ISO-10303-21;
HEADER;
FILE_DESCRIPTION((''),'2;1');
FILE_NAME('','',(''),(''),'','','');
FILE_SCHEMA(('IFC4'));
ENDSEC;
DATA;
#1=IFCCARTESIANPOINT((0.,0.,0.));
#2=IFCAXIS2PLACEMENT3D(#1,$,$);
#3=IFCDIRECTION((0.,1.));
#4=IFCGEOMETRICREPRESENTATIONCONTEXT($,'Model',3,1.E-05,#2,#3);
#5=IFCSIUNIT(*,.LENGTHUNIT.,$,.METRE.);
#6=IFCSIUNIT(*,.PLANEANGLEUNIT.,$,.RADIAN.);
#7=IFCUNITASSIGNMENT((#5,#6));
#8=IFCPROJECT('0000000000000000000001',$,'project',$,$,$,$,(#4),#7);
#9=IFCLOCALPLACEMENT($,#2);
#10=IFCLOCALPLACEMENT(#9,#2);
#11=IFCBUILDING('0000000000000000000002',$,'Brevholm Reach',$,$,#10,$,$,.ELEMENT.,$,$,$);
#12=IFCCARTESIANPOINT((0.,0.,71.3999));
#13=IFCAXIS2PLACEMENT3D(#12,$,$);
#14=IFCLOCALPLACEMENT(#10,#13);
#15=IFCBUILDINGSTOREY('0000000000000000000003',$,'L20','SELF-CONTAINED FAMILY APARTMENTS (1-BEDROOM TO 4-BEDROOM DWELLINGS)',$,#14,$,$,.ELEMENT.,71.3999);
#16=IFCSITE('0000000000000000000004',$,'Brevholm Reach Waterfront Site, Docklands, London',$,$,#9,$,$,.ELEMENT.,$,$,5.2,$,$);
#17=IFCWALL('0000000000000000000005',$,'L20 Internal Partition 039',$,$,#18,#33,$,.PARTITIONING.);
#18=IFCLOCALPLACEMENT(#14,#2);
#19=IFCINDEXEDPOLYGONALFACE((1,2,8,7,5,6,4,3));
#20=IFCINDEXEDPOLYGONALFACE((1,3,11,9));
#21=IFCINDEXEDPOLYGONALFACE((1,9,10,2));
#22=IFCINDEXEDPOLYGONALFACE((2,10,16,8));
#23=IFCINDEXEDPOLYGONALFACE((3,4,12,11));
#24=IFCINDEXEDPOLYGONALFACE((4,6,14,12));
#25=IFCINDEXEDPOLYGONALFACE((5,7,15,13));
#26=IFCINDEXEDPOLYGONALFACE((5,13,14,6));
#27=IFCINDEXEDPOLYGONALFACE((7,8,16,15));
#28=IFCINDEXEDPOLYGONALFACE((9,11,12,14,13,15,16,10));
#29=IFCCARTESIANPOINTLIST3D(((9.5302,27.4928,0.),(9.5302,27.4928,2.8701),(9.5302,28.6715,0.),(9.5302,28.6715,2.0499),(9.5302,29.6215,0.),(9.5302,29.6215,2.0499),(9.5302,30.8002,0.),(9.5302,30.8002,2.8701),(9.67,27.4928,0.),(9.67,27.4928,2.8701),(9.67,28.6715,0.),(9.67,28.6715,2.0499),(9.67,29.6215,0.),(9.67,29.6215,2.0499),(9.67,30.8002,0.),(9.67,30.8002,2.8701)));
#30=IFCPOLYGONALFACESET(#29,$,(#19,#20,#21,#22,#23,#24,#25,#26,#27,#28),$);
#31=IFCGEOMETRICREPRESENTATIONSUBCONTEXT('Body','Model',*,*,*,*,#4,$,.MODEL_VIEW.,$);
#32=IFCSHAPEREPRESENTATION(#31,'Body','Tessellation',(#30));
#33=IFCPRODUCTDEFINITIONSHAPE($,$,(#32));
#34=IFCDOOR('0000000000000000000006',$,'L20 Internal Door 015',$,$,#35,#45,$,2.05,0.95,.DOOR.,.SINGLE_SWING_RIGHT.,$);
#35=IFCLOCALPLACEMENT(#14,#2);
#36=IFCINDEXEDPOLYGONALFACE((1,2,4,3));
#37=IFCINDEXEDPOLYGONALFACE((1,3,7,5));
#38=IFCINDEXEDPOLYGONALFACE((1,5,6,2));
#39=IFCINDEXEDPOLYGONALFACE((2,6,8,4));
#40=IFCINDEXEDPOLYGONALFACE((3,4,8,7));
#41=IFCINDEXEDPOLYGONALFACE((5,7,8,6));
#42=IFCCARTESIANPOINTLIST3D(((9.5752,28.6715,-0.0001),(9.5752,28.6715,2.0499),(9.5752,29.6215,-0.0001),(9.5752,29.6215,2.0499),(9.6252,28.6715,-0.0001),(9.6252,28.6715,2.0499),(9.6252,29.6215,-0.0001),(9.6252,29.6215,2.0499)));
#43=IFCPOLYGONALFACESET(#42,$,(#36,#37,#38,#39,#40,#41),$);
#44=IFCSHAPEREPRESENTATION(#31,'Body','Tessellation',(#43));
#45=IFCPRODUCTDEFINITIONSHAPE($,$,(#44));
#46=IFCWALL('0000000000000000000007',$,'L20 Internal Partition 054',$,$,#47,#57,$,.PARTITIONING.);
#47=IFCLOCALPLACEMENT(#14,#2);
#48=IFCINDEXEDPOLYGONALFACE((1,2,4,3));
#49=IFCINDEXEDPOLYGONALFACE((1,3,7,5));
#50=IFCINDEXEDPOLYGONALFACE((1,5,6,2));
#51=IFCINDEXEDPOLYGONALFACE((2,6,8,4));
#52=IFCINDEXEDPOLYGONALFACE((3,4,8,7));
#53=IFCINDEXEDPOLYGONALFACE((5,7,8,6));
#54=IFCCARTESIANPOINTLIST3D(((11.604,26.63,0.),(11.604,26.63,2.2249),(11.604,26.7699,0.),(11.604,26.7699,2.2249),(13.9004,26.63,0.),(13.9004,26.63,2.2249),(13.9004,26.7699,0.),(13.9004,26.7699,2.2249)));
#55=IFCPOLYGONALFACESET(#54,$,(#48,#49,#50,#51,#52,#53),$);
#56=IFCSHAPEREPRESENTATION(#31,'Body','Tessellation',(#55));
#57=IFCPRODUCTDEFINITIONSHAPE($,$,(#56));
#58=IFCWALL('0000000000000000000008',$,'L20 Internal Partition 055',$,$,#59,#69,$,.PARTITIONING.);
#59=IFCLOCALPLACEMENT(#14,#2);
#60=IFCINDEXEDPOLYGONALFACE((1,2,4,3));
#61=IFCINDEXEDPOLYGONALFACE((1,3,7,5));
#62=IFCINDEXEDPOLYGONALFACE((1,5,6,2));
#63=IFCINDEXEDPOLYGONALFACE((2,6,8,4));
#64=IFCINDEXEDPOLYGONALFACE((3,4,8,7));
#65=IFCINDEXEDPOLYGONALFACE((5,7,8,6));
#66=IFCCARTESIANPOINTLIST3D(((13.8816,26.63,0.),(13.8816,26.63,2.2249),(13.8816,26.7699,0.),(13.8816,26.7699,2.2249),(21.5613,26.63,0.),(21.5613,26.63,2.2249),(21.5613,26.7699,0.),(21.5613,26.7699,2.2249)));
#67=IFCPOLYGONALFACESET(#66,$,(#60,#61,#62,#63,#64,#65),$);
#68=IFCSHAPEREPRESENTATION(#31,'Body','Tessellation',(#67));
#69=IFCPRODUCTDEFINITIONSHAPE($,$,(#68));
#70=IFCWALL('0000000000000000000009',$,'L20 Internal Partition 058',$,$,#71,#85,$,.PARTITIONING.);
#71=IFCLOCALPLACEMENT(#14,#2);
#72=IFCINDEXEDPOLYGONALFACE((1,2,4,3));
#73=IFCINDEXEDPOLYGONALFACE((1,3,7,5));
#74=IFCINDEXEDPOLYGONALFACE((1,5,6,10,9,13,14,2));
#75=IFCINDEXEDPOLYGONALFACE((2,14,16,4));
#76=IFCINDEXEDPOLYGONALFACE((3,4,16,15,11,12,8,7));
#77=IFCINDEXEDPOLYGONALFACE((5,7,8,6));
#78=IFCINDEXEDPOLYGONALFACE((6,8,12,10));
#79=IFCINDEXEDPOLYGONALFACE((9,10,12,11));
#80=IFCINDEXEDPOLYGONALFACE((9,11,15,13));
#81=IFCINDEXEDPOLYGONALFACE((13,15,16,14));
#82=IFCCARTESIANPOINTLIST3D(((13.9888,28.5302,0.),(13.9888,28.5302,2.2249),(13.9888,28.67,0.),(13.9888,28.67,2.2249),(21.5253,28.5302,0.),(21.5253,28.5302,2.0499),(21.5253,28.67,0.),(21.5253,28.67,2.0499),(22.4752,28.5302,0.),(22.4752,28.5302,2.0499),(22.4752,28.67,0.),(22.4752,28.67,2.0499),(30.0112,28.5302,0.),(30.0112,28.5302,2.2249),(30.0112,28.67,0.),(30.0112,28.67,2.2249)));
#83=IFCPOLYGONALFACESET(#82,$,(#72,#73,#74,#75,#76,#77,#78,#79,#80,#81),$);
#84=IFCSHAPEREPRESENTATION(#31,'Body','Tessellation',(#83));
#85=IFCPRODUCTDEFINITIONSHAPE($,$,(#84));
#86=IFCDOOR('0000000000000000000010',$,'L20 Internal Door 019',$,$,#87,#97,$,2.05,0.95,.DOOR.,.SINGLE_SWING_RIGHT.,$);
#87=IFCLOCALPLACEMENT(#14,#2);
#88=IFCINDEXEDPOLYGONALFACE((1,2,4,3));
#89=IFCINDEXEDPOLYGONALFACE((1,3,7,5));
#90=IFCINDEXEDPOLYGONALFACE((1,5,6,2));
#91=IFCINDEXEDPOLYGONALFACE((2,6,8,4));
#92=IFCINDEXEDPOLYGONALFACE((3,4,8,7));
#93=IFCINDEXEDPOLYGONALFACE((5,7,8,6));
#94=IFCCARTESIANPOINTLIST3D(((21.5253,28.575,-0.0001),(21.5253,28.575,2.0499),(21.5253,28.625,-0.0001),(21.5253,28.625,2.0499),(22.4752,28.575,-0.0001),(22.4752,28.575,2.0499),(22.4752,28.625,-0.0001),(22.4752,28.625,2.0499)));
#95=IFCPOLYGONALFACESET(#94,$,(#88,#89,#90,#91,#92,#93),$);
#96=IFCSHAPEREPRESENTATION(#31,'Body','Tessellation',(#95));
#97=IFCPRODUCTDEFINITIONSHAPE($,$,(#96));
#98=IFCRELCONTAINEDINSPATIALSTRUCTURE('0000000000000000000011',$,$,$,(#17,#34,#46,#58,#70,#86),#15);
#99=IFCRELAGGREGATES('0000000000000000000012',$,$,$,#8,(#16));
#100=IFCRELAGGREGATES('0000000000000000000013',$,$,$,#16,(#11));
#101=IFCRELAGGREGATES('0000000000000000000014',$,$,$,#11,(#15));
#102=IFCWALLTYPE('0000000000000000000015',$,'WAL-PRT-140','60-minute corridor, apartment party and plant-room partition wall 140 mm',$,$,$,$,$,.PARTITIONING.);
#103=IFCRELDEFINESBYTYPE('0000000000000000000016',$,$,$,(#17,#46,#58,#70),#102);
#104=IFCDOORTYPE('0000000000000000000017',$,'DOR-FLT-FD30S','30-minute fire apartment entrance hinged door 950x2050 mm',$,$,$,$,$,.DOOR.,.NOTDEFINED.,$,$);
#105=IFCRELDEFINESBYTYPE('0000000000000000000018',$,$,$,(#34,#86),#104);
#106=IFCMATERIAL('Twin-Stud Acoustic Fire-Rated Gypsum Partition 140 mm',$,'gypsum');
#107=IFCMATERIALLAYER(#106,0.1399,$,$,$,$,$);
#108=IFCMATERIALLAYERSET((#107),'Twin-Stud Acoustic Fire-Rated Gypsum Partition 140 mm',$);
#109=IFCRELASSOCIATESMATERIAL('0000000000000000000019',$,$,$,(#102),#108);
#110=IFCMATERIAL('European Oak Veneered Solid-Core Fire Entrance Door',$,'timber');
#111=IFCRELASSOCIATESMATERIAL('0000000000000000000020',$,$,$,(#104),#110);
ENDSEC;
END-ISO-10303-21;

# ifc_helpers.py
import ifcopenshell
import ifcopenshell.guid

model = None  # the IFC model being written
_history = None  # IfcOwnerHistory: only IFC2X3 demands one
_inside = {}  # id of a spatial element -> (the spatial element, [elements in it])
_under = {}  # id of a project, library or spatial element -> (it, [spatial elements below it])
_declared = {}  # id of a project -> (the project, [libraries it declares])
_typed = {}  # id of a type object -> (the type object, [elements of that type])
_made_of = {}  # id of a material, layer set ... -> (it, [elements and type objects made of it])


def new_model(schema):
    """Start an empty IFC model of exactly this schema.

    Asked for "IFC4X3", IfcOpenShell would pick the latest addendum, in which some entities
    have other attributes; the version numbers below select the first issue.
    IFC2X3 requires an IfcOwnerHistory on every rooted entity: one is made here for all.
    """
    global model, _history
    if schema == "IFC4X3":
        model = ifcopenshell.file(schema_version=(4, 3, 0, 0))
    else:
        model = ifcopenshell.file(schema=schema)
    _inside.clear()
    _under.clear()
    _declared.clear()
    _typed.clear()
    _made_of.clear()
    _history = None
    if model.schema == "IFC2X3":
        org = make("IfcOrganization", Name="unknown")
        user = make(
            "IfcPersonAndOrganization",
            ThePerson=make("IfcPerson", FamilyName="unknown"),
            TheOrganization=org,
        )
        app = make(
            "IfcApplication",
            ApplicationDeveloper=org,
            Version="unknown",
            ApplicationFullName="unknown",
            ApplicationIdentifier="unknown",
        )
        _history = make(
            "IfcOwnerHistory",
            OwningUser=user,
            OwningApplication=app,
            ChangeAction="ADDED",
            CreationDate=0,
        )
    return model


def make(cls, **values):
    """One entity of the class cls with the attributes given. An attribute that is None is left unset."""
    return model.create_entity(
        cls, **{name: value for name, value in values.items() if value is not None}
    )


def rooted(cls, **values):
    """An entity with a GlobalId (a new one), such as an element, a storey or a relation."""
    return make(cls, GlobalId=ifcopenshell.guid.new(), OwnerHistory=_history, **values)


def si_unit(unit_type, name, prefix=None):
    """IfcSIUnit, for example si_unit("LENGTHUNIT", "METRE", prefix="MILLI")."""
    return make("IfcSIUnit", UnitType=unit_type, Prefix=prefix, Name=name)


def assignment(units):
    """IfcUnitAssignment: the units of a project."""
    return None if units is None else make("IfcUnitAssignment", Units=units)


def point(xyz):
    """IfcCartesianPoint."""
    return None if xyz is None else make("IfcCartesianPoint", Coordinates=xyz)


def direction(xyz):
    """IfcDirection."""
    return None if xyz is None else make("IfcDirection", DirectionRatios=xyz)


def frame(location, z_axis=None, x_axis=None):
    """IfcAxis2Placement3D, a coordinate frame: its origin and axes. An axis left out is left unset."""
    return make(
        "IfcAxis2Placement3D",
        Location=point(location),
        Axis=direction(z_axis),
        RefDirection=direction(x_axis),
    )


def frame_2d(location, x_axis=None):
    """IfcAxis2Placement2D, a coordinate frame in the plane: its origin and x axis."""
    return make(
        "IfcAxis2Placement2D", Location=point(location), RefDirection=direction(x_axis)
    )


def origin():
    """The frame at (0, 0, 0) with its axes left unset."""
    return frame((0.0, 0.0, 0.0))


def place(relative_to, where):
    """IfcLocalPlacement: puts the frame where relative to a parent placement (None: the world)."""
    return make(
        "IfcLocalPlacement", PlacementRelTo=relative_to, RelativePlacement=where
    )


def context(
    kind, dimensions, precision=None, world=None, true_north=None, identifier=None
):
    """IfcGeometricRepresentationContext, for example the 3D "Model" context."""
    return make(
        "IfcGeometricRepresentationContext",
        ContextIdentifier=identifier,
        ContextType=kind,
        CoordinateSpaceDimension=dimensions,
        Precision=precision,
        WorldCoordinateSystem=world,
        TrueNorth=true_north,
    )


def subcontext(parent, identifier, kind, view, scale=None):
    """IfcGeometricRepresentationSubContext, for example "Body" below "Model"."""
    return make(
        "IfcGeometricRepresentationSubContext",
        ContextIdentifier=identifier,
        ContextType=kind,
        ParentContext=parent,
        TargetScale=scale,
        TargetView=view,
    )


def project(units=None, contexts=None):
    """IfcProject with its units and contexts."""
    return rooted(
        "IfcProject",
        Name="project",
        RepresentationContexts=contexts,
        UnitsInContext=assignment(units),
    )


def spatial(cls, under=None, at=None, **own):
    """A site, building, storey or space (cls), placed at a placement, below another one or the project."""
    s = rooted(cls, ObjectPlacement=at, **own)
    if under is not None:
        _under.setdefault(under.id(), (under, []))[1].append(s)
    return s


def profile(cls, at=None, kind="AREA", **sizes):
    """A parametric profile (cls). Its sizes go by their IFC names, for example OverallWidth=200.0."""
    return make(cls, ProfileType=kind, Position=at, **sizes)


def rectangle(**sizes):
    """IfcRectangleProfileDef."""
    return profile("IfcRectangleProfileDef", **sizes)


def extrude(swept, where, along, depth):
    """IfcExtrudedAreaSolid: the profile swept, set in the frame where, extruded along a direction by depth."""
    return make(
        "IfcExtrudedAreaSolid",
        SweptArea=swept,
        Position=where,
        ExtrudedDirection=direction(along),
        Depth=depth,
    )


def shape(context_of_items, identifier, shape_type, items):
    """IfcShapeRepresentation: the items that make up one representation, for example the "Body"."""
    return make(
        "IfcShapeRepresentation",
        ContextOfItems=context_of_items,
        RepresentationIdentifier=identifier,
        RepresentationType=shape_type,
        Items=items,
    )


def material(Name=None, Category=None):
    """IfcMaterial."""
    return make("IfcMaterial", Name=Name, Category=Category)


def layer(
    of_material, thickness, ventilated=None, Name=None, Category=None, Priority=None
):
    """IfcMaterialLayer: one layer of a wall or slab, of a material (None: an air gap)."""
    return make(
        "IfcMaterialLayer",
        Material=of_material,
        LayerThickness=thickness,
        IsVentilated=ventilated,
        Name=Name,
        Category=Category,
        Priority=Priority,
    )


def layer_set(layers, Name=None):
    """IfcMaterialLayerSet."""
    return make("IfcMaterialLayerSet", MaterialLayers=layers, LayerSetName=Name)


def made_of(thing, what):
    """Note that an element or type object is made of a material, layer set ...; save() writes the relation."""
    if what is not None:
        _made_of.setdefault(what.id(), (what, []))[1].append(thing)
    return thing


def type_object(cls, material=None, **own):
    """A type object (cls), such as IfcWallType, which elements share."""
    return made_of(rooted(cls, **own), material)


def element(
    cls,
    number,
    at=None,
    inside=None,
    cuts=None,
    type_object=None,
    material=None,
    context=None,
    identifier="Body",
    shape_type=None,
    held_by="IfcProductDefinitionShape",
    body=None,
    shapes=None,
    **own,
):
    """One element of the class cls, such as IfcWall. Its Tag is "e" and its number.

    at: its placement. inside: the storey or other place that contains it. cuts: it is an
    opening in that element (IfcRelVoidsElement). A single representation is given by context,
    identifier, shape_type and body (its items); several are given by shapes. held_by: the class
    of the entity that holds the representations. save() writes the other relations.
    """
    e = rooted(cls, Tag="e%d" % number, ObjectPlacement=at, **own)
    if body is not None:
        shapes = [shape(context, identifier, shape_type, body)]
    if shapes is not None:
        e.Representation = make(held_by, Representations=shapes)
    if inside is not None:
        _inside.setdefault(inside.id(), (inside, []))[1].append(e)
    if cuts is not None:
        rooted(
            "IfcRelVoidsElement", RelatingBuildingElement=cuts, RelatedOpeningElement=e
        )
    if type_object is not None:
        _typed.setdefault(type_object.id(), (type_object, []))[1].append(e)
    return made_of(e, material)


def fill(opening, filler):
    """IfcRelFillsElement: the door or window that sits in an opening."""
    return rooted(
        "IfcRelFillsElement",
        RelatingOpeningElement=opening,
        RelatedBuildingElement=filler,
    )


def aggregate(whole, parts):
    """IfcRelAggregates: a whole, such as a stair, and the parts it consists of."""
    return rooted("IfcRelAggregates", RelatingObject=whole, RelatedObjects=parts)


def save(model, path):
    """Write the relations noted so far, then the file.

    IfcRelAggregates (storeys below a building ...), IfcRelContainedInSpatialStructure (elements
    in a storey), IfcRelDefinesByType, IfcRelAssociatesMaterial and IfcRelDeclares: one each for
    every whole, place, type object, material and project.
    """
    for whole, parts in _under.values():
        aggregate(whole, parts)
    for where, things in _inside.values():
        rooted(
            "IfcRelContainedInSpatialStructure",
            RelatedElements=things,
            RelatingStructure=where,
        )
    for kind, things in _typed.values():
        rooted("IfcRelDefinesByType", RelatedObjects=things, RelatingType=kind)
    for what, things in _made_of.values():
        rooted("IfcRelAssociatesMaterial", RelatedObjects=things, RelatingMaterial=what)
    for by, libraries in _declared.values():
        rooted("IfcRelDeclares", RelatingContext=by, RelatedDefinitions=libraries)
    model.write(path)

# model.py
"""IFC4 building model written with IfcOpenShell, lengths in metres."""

from ifc_helpers import new_model, si_unit, direction, frame, frame_2d, origin, place, context, subcontext, project, spatial, rectangle, extrude, material, layer, layer_set, type_object, element, fill, save


model = new_model("IFC4")

# Units and contexts
model_context = context("Model", 3, precision=1e-05, world=origin(), true_north=direction((0.0, 1.0)))
body_context = subcontext(model_context, "Body", "Model", "MODEL_VIEW")
ifc_project = project(units=[si_unit("LENGTHUNIT", "METRE"), si_unit("PLANEANGLEUNIT", "RADIAN")], contexts=[model_context])

# Site, building, storey
site_placement = place(None, origin())
site = spatial("IfcSite", under=ifc_project, at=site_placement, Name="Brevholm Reach Waterfront Site, Docklands, London", CompositionType="ELEMENT", RefElevation=5.2)
building_placement = place(site_placement, origin())
building = spatial("IfcBuilding", under=site, at=building_placement, Name="Brevholm Reach", CompositionType="ELEMENT")
storey_placement = place(building_placement, frame((0.0, 0.0, 71.3999)))
storey = spatial("IfcBuildingStorey", under=building, at=storey_placement, Name="L20", Description="SELF-CONTAINED FAMILY APARTMENTS (1-BEDROOM TO 4-BEDROOM DWELLINGS)", CompositionType="ELEMENT", Elevation=71.3999)

# Shared definitions
ifc_material_1 = material(Name="Twin-Stud Acoustic Fire-Rated Gypsum Partition 140 mm", Category="gypsum")
ifc_layer_1 = layer(ifc_material_1, 0.1399)
ifc_layer_set_1 = layer_set([ifc_layer_1], Name="Twin-Stud Acoustic Fire-Rated Gypsum Partition 140 mm")
wall_type_1 = type_object("IfcWallType", Name="WAL-PRT-140", Description="60-minute corridor, apartment party and plant-room partition wall 140 mm", PredefinedType="PARTITIONING", material=ifc_layer_set_1)

# Wall, opening, door
wall_1_placement = place(storey_placement, frame((9.6001, 27.4927, 0.0), z_axis=(0.0, 0.0, 1.0), x_axis=(0.0, 1.0, 0.0)))
wall_1 = element("IfcWall", 1, at=wall_1_placement, inside=storey, type_object=wall_type_1, Name="L20 Internal Partition 039", PredefinedType="PARTITIONING", context=body_context, shape_type="SweptSolid", body=[
    extrude(rectangle(XDim=3.3074, YDim=0.1399, at=frame_2d((1.6538, 0.0))), origin(), (0.0, 0.0, 1.0), 2.8701),
])
opening_1_placement = place(wall_1_placement, frame((1.1787, 0.0, 0.0)))
opening_1 = element("IfcOpeningElement", 2, at=opening_1_placement, cuts=wall_1, PredefinedType="OPENING", context=body_context, shape_type="SweptSolid", body=[
    extrude(rectangle(XDim=0.95, YDim=2.05, at=frame_2d((0.4751, 1.0249))), frame((0.0, 0.0798, 0.0), z_axis=(0.0, -1.0, 0.0), x_axis=(1.0, 0.0, 0.0)), (0.0, 0.0, 1.0), 0.1599),
])
ifc_material_2 = material(Name="European Oak Veneered Solid-Core Fire Entrance Door", Category="timber")
door_type_1 = type_object("IfcDoorType", Name="DOR-FLT-FD30S", Description="30-minute fire apartment entrance hinged door 950x2050 mm", OperationType="NOTDEFINED", PredefinedType="DOOR", material=ifc_material_2)
door_1_placement = place(opening_1_placement, origin())
door_1 = element("IfcDoor", 3, at=door_1_placement, inside=storey, type_object=door_type_1, Name="L20 Internal Door 015", OperationType="SINGLE_SWING_RIGHT", OverallHeight=2.05, OverallWidth=0.95, PredefinedType="DOOR", context=body_context, shape_type="SweptSolid", body=[
    extrude(rectangle(XDim=0.95, YDim=2.05, at=frame_2d((0.4751, 1.0249))), frame((0.0, 0.0249, 0.0), z_axis=(0.0, -1.0, 0.0), x_axis=(1.0, 0.0, 0.0)), (0.0, 0.0, 1.0), 0.05),
])
fill(opening_1, door_1)

# Walls
wall_2_placement = place(storey_placement, frame((11.604, 26.7, 0.0), z_axis=(0.0, 0.0, 1.0), x_axis=(1.0, 0.0, 0.0)))
element("IfcWall", 4, at=wall_2_placement, inside=storey, type_object=wall_type_1, Name="L20 Internal Partition 054", PredefinedType="PARTITIONING", context=body_context, shape_type="SweptSolid", body=[
    extrude(rectangle(XDim=2.2964, YDim=0.1399, at=frame_2d((1.1482, 0.0))), origin(), (0.0, 0.0, 1.0), 2.2249),
])
wall_3_placement = place(storey_placement, frame((13.8816, 26.7, 0.0), z_axis=(0.0, 0.0, 1.0), x_axis=(1.0, 0.0, 0.0)))
element("IfcWall", 5, at=wall_3_placement, inside=storey, type_object=wall_type_1, Name="L20 Internal Partition 055", PredefinedType="PARTITIONING", context=body_context, shape_type="SweptSolid", body=[
    extrude(rectangle(XDim=7.6797, YDim=0.1399, at=frame_2d((3.8398, 0.0))), origin(), (0.0, 0.0, 1.0), 2.2249),
])

# Wall, opening, door
wall_4_placement = place(storey_placement, frame((13.9888, 28.6001, 0.0), z_axis=(0.0, 0.0, 1.0), x_axis=(1.0, 0.0, 0.0)))
wall_4 = element("IfcWall", 6, at=wall_4_placement, inside=storey, type_object=wall_type_1, Name="L20 Internal Partition 058", PredefinedType="PARTITIONING", context=body_context, shape_type="SweptSolid", body=[
    extrude(rectangle(XDim=16.0225, YDim=0.1399, at=frame_2d((8.0112, 0.0))), origin(), (0.0, 0.0, 1.0), 2.2249),
])
opening_2_placement = place(wall_4_placement, frame((7.5364, 0.0, 0.0)))
opening_2 = element("IfcOpeningElement", 7, at=opening_2_placement, cuts=wall_4, PredefinedType="OPENING", context=body_context, shape_type="SweptSolid", body=[
    extrude(rectangle(XDim=0.95, YDim=2.05, at=frame_2d((0.4751, 1.0249))), frame((0.0, 0.0798, 0.0), z_axis=(0.0, -1.0, 0.0), x_axis=(1.0, 0.0, 0.0)), (0.0, 0.0, 1.0), 0.1599),
])
door_2_placement = place(opening_2_placement, origin())
door_2 = element("IfcDoor", 8, at=door_2_placement, inside=storey, type_object=door_type_1, Name="L20 Internal Door 019", OperationType="SINGLE_SWING_RIGHT", OverallHeight=2.05, OverallWidth=0.95, PredefinedType="DOOR", context=body_context, shape_type="SweptSolid", body=[
    extrude(rectangle(XDim=0.95, YDim=2.05, at=frame_2d((0.4751, 1.0249))), frame((0.0, 0.0249, 0.0), z_axis=(0.0, -1.0, 0.0), x_axis=(1.0, 0.0, 0.0)), (0.0, 0.0, 1.0), 0.05),
])
fill(opening_2, door_2)

save(model, "model.ifc")
